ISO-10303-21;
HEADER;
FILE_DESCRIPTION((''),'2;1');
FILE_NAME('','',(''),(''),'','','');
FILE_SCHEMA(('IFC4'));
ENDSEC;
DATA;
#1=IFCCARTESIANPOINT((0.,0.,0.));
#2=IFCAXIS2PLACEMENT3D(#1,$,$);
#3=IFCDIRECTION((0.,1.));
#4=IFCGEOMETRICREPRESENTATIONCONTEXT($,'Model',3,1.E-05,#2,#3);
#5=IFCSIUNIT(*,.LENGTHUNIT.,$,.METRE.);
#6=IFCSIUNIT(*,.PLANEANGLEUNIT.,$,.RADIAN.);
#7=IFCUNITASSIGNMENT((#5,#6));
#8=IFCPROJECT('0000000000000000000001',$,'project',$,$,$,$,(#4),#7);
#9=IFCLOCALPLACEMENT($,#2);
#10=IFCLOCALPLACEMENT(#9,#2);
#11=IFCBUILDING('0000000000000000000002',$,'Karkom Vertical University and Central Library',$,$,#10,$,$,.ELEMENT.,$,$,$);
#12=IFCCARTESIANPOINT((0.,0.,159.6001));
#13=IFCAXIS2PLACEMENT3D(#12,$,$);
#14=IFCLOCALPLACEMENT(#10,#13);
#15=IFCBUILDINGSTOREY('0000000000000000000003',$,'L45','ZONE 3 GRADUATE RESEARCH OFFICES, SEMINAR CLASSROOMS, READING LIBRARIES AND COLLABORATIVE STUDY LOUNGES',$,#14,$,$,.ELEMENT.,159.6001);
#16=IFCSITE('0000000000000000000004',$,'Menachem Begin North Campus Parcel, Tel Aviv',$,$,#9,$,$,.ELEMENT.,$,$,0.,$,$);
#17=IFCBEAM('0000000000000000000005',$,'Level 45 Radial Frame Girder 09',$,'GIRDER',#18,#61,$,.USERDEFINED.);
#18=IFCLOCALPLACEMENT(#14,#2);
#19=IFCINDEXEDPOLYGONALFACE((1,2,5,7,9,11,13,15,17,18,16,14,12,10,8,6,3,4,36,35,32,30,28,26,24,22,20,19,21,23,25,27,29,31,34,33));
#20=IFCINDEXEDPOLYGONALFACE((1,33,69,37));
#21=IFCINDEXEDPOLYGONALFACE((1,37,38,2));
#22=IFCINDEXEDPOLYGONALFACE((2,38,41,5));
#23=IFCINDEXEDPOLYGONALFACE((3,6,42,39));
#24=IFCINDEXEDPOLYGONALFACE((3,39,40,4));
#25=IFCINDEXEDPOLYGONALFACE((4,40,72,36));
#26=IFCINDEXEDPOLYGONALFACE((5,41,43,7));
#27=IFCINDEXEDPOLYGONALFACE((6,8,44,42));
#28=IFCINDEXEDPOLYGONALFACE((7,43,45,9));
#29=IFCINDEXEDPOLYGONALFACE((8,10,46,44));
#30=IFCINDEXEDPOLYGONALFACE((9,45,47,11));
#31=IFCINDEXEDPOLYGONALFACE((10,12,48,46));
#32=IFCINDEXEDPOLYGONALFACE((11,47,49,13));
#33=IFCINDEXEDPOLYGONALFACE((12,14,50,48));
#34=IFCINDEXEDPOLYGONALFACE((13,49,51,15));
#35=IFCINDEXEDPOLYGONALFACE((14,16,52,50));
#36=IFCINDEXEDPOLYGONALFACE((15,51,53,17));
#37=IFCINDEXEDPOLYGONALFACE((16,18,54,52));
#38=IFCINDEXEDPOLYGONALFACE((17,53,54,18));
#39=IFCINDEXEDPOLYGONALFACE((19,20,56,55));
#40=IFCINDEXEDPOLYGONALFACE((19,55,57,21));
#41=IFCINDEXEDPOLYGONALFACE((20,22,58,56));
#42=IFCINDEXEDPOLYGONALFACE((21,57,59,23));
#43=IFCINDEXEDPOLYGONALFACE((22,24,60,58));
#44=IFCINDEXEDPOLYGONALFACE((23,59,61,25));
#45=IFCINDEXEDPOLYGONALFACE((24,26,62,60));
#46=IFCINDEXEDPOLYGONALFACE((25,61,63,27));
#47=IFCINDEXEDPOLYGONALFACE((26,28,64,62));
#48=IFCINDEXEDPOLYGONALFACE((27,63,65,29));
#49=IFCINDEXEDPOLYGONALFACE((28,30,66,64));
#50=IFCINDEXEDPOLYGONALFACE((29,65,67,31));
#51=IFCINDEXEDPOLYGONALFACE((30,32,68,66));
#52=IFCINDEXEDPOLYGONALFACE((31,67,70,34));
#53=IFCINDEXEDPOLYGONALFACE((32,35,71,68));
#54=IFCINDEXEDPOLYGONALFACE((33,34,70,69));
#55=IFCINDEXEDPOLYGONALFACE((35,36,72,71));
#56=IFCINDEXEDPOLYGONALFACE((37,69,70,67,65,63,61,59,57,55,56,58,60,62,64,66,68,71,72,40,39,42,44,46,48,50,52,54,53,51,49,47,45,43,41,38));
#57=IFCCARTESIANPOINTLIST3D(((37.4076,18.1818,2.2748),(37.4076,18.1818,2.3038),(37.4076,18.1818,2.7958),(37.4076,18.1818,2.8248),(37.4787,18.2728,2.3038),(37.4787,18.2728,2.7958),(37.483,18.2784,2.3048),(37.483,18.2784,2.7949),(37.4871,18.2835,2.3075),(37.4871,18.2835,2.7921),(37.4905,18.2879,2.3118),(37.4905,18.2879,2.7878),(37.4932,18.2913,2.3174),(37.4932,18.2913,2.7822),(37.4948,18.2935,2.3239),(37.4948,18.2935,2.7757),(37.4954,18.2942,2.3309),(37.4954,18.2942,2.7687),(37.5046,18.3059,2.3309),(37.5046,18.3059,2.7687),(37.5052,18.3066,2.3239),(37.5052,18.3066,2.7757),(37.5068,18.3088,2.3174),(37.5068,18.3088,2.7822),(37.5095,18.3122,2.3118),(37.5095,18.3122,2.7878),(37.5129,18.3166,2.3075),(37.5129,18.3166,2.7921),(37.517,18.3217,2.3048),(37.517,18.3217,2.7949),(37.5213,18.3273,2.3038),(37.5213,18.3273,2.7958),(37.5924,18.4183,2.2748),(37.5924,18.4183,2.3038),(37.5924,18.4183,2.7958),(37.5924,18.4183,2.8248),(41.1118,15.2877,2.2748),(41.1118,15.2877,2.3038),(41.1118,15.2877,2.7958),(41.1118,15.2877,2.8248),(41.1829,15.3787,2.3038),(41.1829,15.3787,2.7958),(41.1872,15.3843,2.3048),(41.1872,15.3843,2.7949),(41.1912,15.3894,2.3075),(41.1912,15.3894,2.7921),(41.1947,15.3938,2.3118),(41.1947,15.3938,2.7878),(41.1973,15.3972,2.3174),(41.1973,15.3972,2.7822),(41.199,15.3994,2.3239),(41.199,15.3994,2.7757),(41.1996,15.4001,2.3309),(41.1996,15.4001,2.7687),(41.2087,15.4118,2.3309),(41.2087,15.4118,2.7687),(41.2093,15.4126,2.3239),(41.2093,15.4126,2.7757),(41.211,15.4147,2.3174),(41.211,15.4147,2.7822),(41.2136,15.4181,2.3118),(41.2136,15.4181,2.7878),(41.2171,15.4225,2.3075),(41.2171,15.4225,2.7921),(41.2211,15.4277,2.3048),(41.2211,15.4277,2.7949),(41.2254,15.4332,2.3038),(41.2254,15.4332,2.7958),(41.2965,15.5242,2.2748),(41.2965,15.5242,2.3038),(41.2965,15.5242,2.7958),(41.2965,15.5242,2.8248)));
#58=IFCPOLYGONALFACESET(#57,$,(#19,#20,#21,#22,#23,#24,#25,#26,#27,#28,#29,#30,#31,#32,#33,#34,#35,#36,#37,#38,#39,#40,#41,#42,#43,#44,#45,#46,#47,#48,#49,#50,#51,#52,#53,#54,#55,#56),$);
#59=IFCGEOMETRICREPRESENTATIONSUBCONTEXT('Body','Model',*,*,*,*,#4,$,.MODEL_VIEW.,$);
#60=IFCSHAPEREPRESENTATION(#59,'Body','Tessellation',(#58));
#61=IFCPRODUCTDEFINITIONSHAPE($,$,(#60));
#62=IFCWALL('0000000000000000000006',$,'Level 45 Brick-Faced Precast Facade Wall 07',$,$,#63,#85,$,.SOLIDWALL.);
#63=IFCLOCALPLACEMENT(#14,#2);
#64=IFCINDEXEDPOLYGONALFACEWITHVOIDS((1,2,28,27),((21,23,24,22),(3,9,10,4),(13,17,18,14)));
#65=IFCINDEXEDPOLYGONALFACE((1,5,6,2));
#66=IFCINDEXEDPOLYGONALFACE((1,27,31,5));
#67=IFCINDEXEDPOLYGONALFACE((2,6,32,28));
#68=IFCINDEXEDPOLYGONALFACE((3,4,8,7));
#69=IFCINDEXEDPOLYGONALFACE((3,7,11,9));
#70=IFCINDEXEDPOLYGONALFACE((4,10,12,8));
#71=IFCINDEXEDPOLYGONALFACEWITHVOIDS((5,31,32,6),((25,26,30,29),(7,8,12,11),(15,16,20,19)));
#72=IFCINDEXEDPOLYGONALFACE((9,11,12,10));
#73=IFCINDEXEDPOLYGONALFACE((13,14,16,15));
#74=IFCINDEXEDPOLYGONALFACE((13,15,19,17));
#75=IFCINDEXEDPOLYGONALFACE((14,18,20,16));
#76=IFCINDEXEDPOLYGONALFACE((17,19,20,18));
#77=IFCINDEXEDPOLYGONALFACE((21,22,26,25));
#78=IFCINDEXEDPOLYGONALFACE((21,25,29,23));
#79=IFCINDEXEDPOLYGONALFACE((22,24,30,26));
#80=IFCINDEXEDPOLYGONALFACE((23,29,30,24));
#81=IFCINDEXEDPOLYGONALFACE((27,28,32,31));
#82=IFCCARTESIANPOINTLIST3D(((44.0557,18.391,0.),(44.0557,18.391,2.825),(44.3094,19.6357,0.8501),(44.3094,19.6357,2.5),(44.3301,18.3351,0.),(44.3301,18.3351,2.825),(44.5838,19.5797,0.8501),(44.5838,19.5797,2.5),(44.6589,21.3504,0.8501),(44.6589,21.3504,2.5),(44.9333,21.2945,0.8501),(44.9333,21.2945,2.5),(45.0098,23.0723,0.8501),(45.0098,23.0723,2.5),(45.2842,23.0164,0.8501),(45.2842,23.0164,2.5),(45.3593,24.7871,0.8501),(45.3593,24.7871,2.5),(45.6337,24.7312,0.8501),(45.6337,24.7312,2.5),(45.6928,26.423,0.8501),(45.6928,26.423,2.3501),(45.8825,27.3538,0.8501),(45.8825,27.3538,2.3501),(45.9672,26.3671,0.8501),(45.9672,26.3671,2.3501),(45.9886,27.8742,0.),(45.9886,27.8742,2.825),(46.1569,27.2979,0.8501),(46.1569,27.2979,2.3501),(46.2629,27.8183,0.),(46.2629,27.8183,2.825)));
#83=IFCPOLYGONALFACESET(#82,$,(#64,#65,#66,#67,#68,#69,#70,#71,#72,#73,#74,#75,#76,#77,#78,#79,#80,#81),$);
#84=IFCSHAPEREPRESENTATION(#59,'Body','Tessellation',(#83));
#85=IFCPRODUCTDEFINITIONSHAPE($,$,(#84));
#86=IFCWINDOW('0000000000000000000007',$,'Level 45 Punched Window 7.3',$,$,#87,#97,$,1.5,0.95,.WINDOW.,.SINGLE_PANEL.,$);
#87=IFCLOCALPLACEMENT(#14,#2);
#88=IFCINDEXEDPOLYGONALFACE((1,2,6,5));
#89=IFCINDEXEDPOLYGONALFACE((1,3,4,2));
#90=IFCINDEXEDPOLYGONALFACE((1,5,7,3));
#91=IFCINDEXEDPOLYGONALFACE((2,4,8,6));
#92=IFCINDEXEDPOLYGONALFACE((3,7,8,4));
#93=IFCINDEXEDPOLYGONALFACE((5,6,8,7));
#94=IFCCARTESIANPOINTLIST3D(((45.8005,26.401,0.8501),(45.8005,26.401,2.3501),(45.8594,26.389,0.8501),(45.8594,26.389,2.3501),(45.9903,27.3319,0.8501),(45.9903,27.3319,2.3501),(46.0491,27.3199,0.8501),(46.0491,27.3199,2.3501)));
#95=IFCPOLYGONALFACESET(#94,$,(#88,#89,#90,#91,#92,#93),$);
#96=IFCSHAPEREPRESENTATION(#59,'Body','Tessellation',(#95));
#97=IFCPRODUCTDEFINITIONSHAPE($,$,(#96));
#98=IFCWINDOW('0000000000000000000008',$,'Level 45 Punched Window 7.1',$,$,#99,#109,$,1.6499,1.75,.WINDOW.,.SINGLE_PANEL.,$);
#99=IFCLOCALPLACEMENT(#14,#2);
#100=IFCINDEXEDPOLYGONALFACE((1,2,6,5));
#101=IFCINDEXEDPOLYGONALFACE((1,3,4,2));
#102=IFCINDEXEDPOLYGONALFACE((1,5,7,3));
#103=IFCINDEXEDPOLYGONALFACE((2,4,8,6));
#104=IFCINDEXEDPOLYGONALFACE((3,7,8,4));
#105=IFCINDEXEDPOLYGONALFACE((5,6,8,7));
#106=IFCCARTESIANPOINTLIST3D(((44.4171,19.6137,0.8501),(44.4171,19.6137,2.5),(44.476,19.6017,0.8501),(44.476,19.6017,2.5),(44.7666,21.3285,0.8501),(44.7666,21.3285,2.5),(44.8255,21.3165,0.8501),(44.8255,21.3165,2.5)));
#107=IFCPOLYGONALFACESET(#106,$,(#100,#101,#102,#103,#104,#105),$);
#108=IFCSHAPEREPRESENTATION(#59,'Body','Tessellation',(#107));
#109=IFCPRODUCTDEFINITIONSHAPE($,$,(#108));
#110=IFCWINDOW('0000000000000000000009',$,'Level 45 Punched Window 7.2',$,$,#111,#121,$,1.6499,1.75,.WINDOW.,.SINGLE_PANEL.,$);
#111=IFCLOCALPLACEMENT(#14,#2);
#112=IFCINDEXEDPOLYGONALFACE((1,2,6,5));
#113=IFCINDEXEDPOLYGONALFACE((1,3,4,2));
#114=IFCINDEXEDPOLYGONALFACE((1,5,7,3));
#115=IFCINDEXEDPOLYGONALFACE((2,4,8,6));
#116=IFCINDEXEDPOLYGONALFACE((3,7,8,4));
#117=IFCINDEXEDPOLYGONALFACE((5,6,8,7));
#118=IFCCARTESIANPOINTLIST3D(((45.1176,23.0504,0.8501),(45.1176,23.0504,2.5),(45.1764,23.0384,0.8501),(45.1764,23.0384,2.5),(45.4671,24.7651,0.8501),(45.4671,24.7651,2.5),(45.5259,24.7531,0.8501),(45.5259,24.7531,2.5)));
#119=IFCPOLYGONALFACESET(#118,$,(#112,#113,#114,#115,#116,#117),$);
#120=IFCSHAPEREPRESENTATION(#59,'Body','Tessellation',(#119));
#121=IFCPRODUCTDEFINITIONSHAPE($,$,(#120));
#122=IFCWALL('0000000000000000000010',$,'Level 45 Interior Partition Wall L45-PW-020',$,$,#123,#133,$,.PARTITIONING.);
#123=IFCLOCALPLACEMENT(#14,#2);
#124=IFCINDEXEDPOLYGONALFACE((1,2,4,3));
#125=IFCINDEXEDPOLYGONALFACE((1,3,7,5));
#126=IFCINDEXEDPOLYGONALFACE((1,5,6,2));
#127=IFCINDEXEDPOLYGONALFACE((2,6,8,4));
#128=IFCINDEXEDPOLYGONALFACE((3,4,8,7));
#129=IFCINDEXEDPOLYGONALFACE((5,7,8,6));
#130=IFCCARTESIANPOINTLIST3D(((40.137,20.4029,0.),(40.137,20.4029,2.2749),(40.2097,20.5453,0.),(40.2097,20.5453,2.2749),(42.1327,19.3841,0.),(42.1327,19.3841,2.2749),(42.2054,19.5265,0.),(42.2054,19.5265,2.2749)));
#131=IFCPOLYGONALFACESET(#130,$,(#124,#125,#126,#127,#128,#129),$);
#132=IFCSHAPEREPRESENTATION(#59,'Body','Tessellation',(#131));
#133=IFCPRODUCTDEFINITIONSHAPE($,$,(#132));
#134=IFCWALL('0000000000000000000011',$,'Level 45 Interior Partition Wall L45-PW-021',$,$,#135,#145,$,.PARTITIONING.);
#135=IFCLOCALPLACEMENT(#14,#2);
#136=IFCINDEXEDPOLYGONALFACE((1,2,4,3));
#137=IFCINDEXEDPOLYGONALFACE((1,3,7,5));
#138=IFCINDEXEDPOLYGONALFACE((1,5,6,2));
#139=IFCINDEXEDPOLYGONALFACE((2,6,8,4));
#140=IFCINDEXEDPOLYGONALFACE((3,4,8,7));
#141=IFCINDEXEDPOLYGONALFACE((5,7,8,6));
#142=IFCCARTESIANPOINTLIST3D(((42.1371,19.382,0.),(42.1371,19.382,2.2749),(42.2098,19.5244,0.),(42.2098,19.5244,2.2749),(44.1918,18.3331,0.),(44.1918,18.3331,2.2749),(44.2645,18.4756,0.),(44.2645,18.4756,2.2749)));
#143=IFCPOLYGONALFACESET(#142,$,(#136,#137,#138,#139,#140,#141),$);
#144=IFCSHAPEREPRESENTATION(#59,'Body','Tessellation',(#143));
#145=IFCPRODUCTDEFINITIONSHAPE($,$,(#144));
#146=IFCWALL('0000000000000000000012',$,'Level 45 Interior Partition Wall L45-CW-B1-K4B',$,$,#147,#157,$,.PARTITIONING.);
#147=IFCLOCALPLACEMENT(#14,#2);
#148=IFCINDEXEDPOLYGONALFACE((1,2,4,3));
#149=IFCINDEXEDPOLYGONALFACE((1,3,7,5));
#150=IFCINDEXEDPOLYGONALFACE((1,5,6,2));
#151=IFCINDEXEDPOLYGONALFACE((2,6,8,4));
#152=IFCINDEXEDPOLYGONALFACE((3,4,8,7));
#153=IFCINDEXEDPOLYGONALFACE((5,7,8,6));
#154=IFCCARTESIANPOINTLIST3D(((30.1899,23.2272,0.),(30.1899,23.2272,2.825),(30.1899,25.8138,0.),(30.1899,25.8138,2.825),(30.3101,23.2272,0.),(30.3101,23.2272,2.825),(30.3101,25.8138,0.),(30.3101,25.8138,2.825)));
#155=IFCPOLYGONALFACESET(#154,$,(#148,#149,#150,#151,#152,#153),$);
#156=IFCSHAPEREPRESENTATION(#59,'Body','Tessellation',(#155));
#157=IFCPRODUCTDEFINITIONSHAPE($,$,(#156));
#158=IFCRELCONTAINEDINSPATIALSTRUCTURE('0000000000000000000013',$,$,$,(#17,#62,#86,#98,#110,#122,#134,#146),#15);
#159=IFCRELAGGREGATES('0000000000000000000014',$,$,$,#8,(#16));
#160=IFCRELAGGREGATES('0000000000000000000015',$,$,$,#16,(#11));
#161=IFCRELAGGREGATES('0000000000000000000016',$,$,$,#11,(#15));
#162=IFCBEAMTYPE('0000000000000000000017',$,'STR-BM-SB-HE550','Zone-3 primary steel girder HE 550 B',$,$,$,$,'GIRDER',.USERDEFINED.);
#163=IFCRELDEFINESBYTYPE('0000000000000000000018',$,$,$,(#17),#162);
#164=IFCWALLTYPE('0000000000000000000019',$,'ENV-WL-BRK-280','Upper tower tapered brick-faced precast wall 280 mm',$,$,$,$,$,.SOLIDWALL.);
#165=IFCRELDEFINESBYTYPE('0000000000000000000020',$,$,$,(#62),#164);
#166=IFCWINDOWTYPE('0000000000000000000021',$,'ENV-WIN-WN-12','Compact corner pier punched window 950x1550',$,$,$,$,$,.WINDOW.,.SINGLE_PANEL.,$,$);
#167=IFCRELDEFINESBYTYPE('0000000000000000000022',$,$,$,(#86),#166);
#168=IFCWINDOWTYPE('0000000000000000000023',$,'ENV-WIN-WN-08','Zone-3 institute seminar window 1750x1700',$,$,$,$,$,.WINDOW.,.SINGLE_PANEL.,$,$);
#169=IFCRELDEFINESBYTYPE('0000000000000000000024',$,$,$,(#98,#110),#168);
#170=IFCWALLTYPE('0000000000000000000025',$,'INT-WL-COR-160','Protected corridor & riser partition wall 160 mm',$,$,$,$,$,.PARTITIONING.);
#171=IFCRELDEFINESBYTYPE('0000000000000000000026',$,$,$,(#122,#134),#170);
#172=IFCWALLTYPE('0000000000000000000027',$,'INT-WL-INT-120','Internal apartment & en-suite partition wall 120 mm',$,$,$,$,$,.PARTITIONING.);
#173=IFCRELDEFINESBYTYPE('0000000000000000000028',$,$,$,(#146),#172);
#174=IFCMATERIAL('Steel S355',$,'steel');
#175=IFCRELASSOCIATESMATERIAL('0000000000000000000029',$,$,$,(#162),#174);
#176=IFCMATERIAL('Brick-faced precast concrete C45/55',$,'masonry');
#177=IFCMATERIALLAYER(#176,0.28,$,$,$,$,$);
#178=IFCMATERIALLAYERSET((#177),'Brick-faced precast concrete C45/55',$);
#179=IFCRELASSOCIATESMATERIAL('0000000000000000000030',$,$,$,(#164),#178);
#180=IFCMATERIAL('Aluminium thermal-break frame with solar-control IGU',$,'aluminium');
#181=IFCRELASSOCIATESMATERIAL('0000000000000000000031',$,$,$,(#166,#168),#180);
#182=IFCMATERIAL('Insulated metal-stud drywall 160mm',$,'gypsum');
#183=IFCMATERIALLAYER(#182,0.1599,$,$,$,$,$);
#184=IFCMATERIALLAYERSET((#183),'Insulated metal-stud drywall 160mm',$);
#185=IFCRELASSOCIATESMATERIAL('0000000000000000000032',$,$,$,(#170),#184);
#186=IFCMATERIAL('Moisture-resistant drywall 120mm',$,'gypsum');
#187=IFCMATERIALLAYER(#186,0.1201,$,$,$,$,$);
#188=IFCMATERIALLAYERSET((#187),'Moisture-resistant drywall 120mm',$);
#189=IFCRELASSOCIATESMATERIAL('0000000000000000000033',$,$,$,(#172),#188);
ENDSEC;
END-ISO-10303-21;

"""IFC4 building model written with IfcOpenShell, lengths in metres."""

from ifc_helpers import new_model, si_unit, direction, frame, frame_2d, origin, origin_with_axes, origin_2d, place, context, subcontext, project, spatial, rectangle, i_section, extrude, source, transform, mapped, material, layer, layer_set, material_profile, profile_set, type_object, element, fill, save


model = new_model("IFC4")

# Units and contexts
model_context = context("Model", 3, precision=1e-05, world=origin(), true_north=direction((0.0, 1.0)))
body_context = subcontext(model_context, "Body", "Model", "MODEL_VIEW")
ifc_project = project(units=[si_unit("LENGTHUNIT", "METRE"), si_unit("PLANEANGLEUNIT", "RADIAN")], contexts=[model_context])

# Site, building, storey
site_placement = place(None, origin())
site = spatial("IfcSite", under=ifc_project, at=site_placement, Name="Menachem Begin North Campus Parcel, Tel Aviv", CompositionType="ELEMENT", RefElevation=0.0)
building_placement = place(site_placement, origin())
building = spatial("IfcBuilding", under=site, at=building_placement, Name="Karkom Vertical University and Central Library", CompositionType="ELEMENT")
storey_placement = place(building_placement, frame((0.0, 0.0, 159.6001)))
storey = spatial("IfcBuildingStorey", under=building, at=storey_placement, Name="L45", Description="ZONE 3 GRADUATE RESEARCH OFFICES, SEMINAR CLASSROOMS, READING LIBRARIES AND COLLABORATIVE STUDY LOUNGES", CompositionType="ELEMENT", Elevation=159.6001)

# Beam
ifc_material_1 = material(Name="Steel S355", Category="steel")
ifc_material_profile_1 = material_profile(ifc_material_1, i_section(OverallWidth=0.3, OverallDepth=0.55, WebThickness=0.0149, FlangeThickness=0.0291, FilletRadius=0.0271, at=origin_2d()), Name="HE 550 B")
ifc_profile_set_1 = profile_set([ifc_material_profile_1], Name="Steel S355")
beam_type_1 = type_object("IfcBeamType", Name="STR-BM-SB-HE550", Description="Zone-3 primary steel girder HE 550 B", ElementType="GIRDER", PredefinedType="USERDEFINED", material=ifc_profile_set_1)
shared_shape_1 = source(origin_with_axes(), body_context, "Body", "SweptSolid", [
    extrude(i_section(OverallWidth=0.3, OverallDepth=0.55, WebThickness=0.0149, FlangeThickness=0.0291, FilletRadius=0.0271, at=origin_2d()), origin(), (0.0, 0.0, 1.0), 4.7007),
])
beam_1_placement = place(storey_placement, frame((37.5, 18.3, 2.5498), z_axis=(0.788002, -0.615672, 0.0), x_axis=(0.615672, 0.788002, 0.0)))
element("IfcBeam", 1, at=beam_1_placement, inside=storey, type_object=beam_type_1, Name="Level 45 Radial Frame Girder 09", ObjectType="GIRDER", PredefinedType="USERDEFINED", context=body_context, shape_type="MappedRepresentation", body=[
    mapped(shared_shape_1, transform((0.0, 0.0, 0.0), scale=1.0)),
])

# Wall, openings, windows
ifc_material_2 = material(Name="Brick-faced precast concrete C45/55", Category="masonry")
ifc_layer_1 = layer(ifc_material_2, 0.28)
ifc_layer_set_1 = layer_set([ifc_layer_1], Name="Brick-faced precast concrete C45/55")
wall_type_1 = type_object("IfcWallType", Name="ENV-WL-BRK-280", Description="Upper tower tapered brick-faced precast wall 280 mm", PredefinedType="SOLIDWALL", material=ifc_layer_set_1)
wall_1_placement = place(storey_placement, frame((44.1929, 18.363, 0.0), z_axis=(0.0, 0.0, 1.0), x_axis=(0.199714, 0.979854, 0.0)))
wall_1 = element("IfcWall", 2, at=wall_1_placement, inside=storey, type_object=wall_type_1, Name="Level 45 Brick-Faced Precast Facade Wall 07", PredefinedType="SOLIDWALL", context=body_context, shape_type="SweptSolid", body=[
    extrude(rectangle(XDim=9.6782, YDim=0.28, at=frame_2d((4.8391, 0.0))), origin(), (0.0, 0.0, 1.0), 2.825),
])
opening_1_placement = place(wall_1_placement, frame((1.2703, 0.0, 0.8501)))
opening_1 = element("IfcOpeningElement", 3, at=opening_1_placement, cuts=wall_1, PredefinedType="OPENING", context=body_context, shape_type="SweptSolid", body=[
    extrude(rectangle(XDim=1.75, YDim=1.6499, at=frame_2d((0.875, 0.825))), frame((0.0, 0.1499, 0.0), z_axis=(0.0, -1.0, 0.0), x_axis=(1.0, 0.0, 0.0)), (0.0, 0.0, 1.0), 0.3),
])
opening_2_placement = place(wall_1_placement, frame((4.7776, 0.0, 0.8501)))
opening_2 = element("IfcOpeningElement", 4, at=opening_2_placement, cuts=wall_1, PredefinedType="OPENING", context=body_context, shape_type="SweptSolid", body=[
    extrude(rectangle(XDim=1.75, YDim=1.6499, at=frame_2d((0.875, 0.825))), frame((0.0, 0.1499, 0.0), z_axis=(0.0, -1.0, 0.0), x_axis=(1.0, 0.0, 0.0)), (0.0, 0.0, 1.0), 0.3),
])
opening_3_placement = place(wall_1_placement, frame((8.197, 0.0, 0.8501)))
opening_3 = element("IfcOpeningElement", 5, at=opening_3_placement, cuts=wall_1, PredefinedType="OPENING", context=body_context, shape_type="SweptSolid", body=[
    extrude(rectangle(XDim=0.95, YDim=1.5, at=frame_2d((0.4751, 0.75))), frame((0.0, 0.1499, 0.0), z_axis=(0.0, -1.0, 0.0), x_axis=(1.0, 0.0, 0.0)), (0.0, 0.0, 1.0), 0.3),
])
ifc_material_3 = material(Name="Aluminium thermal-break frame with solar-control IGU", Category="aluminium")
window_type_1 = type_object("IfcWindowType", Name="ENV-WIN-WN-12", Description="Compact corner pier punched window 950x1550", PartitioningType="SINGLE_PANEL", PredefinedType="WINDOW", material=ifc_material_3)
shared_shape_2 = source(origin_with_axes(), body_context, "Body", "SweptSolid", [
    extrude(rectangle(XDim=0.95, YDim=1.5, at=frame_2d((0.4751, 0.75))), frame((0.0, 0.03, 0.0), z_axis=(0.0, -1.0, 0.0), x_axis=(1.0, 0.0, 0.0)), (0.0, 0.0, 1.0), 0.0601),
])
window_1_placement = place(opening_3_placement, origin())
window_1 = element("IfcWindow", 6, at=window_1_placement, inside=storey, type_object=window_type_1, Name="Level 45 Punched Window 7.3", OverallHeight=1.5, OverallWidth=0.95, PartitioningType="SINGLE_PANEL", PredefinedType="WINDOW", context=body_context, shape_type="MappedRepresentation", body=[
    mapped(shared_shape_2, transform((0.0, 0.0, 0.0), scale=1.0)),
])
fill(opening_3, window_1)
window_type_2 = type_object("IfcWindowType", Name="ENV-WIN-WN-08", Description="Zone-3 institute seminar window 1750x1700", PartitioningType="SINGLE_PANEL", PredefinedType="WINDOW", material=ifc_material_3)
shared_shape_3 = source(origin_with_axes(), body_context, "Body", "SweptSolid", [
    extrude(rectangle(XDim=1.75, YDim=1.6499, at=frame_2d((0.875, 0.825))), frame((0.0, 0.03, 0.0), z_axis=(0.0, -1.0, 0.0), x_axis=(1.0, 0.0, 0.0)), (0.0, 0.0, 1.0), 0.0601),
])
window_2_placement = place(opening_1_placement, origin())
window_2 = element("IfcWindow", 7, at=window_2_placement, inside=storey, type_object=window_type_2, Name="Level 45 Punched Window 7.1", OverallHeight=1.6499, OverallWidth=1.75, PartitioningType="SINGLE_PANEL", PredefinedType="WINDOW", context=body_context, shape_type="MappedRepresentation", body=[
    mapped(shared_shape_3, transform((0.0, 0.0, 0.0), scale=1.0)),
])
fill(opening_1, window_2)
window_3_placement = place(opening_2_placement, origin())
window_3 = element("IfcWindow", 8, at=window_3_placement, inside=storey, type_object=window_type_2, Name="Level 45 Punched Window 7.2", OverallHeight=1.6499, OverallWidth=1.75, PartitioningType="SINGLE_PANEL", PredefinedType="WINDOW", context=body_context, shape_type="MappedRepresentation", body=[
    mapped(shared_shape_3, transform((0.0, 0.0, 0.0), scale=1.0)),
])
fill(opening_2, window_3)

# Walls
ifc_material_4 = material(Name="Insulated metal-stud drywall 160mm", Category="gypsum")
ifc_layer_2 = layer(ifc_material_4, 0.1599)
ifc_layer_set_2 = layer_set([ifc_layer_2], Name="Insulated metal-stud drywall 160mm")
wall_type_2 = type_object("IfcWallType", Name="INT-WL-COR-160", Description="Protected corridor & riser partition wall 160 mm", PredefinedType="PARTITIONING", material=ifc_layer_set_2)
wall_2_placement = place(storey_placement, frame((40.1733, 20.4741, 0.0), z_axis=(0.0, 0.0, 1.0), x_axis=(0.890648, -0.454694, 0.0)))
element("IfcWall", 9, at=wall_2_placement, inside=storey, type_object=wall_type_2, Name="Level 45 Interior Partition Wall L45-PW-020", PredefinedType="PARTITIONING", context=body_context, shape_type="SweptSolid", body=[
    extrude(rectangle(XDim=2.2407, YDim=0.1599, at=frame_2d((1.1204, 0.0))), origin(), (0.0, 0.0, 1.0), 2.2749),
])
wall_3_placement = place(storey_placement, frame((42.1736, 19.4531, 0.0), z_axis=(0.0, 0.0, 1.0), x_axis=(0.890671, -0.454649, 0.0)))
element("IfcWall", 10, at=wall_3_placement, inside=storey, type_object=wall_type_2, Name="Level 45 Interior Partition Wall L45-PW-021", PredefinedType="PARTITIONING", context=body_context, shape_type="SweptSolid", body=[
    extrude(rectangle(XDim=2.3069, YDim=0.1599, at=frame_2d((1.1533, 0.0))), origin(), (0.0, 0.0, 1.0), 2.2749),
])
ifc_material_5 = material(Name="Moisture-resistant drywall 120mm", Category="gypsum")
ifc_layer_3 = layer(ifc_material_5, 0.1201)
ifc_layer_set_3 = layer_set([ifc_layer_3], Name="Moisture-resistant drywall 120mm")
wall_type_3 = type_object("IfcWallType", Name="INT-WL-INT-120", Description="Internal apartment & en-suite partition wall 120 mm", PredefinedType="PARTITIONING", material=ifc_layer_set_3)
wall_4_placement = place(storey_placement, frame((30.25, 23.2271, 0.0), z_axis=(0.0, 0.0, 1.0), x_axis=(0.0, 1.0, 0.0)))
element("IfcWall", 11, at=wall_4_placement, inside=storey, type_object=wall_type_3, Name="Level 45 Interior Partition Wall L45-CW-B1-K4B", PredefinedType="PARTITIONING", context=body_context, shape_type="SweptSolid", body=[
    extrude(rectangle(XDim=2.5867, YDim=0.1201, at=frame_2d((1.2935, 0.0))), origin(), (0.0, 0.0, 1.0), 2.825),
])

save(model, "model.ifc")
